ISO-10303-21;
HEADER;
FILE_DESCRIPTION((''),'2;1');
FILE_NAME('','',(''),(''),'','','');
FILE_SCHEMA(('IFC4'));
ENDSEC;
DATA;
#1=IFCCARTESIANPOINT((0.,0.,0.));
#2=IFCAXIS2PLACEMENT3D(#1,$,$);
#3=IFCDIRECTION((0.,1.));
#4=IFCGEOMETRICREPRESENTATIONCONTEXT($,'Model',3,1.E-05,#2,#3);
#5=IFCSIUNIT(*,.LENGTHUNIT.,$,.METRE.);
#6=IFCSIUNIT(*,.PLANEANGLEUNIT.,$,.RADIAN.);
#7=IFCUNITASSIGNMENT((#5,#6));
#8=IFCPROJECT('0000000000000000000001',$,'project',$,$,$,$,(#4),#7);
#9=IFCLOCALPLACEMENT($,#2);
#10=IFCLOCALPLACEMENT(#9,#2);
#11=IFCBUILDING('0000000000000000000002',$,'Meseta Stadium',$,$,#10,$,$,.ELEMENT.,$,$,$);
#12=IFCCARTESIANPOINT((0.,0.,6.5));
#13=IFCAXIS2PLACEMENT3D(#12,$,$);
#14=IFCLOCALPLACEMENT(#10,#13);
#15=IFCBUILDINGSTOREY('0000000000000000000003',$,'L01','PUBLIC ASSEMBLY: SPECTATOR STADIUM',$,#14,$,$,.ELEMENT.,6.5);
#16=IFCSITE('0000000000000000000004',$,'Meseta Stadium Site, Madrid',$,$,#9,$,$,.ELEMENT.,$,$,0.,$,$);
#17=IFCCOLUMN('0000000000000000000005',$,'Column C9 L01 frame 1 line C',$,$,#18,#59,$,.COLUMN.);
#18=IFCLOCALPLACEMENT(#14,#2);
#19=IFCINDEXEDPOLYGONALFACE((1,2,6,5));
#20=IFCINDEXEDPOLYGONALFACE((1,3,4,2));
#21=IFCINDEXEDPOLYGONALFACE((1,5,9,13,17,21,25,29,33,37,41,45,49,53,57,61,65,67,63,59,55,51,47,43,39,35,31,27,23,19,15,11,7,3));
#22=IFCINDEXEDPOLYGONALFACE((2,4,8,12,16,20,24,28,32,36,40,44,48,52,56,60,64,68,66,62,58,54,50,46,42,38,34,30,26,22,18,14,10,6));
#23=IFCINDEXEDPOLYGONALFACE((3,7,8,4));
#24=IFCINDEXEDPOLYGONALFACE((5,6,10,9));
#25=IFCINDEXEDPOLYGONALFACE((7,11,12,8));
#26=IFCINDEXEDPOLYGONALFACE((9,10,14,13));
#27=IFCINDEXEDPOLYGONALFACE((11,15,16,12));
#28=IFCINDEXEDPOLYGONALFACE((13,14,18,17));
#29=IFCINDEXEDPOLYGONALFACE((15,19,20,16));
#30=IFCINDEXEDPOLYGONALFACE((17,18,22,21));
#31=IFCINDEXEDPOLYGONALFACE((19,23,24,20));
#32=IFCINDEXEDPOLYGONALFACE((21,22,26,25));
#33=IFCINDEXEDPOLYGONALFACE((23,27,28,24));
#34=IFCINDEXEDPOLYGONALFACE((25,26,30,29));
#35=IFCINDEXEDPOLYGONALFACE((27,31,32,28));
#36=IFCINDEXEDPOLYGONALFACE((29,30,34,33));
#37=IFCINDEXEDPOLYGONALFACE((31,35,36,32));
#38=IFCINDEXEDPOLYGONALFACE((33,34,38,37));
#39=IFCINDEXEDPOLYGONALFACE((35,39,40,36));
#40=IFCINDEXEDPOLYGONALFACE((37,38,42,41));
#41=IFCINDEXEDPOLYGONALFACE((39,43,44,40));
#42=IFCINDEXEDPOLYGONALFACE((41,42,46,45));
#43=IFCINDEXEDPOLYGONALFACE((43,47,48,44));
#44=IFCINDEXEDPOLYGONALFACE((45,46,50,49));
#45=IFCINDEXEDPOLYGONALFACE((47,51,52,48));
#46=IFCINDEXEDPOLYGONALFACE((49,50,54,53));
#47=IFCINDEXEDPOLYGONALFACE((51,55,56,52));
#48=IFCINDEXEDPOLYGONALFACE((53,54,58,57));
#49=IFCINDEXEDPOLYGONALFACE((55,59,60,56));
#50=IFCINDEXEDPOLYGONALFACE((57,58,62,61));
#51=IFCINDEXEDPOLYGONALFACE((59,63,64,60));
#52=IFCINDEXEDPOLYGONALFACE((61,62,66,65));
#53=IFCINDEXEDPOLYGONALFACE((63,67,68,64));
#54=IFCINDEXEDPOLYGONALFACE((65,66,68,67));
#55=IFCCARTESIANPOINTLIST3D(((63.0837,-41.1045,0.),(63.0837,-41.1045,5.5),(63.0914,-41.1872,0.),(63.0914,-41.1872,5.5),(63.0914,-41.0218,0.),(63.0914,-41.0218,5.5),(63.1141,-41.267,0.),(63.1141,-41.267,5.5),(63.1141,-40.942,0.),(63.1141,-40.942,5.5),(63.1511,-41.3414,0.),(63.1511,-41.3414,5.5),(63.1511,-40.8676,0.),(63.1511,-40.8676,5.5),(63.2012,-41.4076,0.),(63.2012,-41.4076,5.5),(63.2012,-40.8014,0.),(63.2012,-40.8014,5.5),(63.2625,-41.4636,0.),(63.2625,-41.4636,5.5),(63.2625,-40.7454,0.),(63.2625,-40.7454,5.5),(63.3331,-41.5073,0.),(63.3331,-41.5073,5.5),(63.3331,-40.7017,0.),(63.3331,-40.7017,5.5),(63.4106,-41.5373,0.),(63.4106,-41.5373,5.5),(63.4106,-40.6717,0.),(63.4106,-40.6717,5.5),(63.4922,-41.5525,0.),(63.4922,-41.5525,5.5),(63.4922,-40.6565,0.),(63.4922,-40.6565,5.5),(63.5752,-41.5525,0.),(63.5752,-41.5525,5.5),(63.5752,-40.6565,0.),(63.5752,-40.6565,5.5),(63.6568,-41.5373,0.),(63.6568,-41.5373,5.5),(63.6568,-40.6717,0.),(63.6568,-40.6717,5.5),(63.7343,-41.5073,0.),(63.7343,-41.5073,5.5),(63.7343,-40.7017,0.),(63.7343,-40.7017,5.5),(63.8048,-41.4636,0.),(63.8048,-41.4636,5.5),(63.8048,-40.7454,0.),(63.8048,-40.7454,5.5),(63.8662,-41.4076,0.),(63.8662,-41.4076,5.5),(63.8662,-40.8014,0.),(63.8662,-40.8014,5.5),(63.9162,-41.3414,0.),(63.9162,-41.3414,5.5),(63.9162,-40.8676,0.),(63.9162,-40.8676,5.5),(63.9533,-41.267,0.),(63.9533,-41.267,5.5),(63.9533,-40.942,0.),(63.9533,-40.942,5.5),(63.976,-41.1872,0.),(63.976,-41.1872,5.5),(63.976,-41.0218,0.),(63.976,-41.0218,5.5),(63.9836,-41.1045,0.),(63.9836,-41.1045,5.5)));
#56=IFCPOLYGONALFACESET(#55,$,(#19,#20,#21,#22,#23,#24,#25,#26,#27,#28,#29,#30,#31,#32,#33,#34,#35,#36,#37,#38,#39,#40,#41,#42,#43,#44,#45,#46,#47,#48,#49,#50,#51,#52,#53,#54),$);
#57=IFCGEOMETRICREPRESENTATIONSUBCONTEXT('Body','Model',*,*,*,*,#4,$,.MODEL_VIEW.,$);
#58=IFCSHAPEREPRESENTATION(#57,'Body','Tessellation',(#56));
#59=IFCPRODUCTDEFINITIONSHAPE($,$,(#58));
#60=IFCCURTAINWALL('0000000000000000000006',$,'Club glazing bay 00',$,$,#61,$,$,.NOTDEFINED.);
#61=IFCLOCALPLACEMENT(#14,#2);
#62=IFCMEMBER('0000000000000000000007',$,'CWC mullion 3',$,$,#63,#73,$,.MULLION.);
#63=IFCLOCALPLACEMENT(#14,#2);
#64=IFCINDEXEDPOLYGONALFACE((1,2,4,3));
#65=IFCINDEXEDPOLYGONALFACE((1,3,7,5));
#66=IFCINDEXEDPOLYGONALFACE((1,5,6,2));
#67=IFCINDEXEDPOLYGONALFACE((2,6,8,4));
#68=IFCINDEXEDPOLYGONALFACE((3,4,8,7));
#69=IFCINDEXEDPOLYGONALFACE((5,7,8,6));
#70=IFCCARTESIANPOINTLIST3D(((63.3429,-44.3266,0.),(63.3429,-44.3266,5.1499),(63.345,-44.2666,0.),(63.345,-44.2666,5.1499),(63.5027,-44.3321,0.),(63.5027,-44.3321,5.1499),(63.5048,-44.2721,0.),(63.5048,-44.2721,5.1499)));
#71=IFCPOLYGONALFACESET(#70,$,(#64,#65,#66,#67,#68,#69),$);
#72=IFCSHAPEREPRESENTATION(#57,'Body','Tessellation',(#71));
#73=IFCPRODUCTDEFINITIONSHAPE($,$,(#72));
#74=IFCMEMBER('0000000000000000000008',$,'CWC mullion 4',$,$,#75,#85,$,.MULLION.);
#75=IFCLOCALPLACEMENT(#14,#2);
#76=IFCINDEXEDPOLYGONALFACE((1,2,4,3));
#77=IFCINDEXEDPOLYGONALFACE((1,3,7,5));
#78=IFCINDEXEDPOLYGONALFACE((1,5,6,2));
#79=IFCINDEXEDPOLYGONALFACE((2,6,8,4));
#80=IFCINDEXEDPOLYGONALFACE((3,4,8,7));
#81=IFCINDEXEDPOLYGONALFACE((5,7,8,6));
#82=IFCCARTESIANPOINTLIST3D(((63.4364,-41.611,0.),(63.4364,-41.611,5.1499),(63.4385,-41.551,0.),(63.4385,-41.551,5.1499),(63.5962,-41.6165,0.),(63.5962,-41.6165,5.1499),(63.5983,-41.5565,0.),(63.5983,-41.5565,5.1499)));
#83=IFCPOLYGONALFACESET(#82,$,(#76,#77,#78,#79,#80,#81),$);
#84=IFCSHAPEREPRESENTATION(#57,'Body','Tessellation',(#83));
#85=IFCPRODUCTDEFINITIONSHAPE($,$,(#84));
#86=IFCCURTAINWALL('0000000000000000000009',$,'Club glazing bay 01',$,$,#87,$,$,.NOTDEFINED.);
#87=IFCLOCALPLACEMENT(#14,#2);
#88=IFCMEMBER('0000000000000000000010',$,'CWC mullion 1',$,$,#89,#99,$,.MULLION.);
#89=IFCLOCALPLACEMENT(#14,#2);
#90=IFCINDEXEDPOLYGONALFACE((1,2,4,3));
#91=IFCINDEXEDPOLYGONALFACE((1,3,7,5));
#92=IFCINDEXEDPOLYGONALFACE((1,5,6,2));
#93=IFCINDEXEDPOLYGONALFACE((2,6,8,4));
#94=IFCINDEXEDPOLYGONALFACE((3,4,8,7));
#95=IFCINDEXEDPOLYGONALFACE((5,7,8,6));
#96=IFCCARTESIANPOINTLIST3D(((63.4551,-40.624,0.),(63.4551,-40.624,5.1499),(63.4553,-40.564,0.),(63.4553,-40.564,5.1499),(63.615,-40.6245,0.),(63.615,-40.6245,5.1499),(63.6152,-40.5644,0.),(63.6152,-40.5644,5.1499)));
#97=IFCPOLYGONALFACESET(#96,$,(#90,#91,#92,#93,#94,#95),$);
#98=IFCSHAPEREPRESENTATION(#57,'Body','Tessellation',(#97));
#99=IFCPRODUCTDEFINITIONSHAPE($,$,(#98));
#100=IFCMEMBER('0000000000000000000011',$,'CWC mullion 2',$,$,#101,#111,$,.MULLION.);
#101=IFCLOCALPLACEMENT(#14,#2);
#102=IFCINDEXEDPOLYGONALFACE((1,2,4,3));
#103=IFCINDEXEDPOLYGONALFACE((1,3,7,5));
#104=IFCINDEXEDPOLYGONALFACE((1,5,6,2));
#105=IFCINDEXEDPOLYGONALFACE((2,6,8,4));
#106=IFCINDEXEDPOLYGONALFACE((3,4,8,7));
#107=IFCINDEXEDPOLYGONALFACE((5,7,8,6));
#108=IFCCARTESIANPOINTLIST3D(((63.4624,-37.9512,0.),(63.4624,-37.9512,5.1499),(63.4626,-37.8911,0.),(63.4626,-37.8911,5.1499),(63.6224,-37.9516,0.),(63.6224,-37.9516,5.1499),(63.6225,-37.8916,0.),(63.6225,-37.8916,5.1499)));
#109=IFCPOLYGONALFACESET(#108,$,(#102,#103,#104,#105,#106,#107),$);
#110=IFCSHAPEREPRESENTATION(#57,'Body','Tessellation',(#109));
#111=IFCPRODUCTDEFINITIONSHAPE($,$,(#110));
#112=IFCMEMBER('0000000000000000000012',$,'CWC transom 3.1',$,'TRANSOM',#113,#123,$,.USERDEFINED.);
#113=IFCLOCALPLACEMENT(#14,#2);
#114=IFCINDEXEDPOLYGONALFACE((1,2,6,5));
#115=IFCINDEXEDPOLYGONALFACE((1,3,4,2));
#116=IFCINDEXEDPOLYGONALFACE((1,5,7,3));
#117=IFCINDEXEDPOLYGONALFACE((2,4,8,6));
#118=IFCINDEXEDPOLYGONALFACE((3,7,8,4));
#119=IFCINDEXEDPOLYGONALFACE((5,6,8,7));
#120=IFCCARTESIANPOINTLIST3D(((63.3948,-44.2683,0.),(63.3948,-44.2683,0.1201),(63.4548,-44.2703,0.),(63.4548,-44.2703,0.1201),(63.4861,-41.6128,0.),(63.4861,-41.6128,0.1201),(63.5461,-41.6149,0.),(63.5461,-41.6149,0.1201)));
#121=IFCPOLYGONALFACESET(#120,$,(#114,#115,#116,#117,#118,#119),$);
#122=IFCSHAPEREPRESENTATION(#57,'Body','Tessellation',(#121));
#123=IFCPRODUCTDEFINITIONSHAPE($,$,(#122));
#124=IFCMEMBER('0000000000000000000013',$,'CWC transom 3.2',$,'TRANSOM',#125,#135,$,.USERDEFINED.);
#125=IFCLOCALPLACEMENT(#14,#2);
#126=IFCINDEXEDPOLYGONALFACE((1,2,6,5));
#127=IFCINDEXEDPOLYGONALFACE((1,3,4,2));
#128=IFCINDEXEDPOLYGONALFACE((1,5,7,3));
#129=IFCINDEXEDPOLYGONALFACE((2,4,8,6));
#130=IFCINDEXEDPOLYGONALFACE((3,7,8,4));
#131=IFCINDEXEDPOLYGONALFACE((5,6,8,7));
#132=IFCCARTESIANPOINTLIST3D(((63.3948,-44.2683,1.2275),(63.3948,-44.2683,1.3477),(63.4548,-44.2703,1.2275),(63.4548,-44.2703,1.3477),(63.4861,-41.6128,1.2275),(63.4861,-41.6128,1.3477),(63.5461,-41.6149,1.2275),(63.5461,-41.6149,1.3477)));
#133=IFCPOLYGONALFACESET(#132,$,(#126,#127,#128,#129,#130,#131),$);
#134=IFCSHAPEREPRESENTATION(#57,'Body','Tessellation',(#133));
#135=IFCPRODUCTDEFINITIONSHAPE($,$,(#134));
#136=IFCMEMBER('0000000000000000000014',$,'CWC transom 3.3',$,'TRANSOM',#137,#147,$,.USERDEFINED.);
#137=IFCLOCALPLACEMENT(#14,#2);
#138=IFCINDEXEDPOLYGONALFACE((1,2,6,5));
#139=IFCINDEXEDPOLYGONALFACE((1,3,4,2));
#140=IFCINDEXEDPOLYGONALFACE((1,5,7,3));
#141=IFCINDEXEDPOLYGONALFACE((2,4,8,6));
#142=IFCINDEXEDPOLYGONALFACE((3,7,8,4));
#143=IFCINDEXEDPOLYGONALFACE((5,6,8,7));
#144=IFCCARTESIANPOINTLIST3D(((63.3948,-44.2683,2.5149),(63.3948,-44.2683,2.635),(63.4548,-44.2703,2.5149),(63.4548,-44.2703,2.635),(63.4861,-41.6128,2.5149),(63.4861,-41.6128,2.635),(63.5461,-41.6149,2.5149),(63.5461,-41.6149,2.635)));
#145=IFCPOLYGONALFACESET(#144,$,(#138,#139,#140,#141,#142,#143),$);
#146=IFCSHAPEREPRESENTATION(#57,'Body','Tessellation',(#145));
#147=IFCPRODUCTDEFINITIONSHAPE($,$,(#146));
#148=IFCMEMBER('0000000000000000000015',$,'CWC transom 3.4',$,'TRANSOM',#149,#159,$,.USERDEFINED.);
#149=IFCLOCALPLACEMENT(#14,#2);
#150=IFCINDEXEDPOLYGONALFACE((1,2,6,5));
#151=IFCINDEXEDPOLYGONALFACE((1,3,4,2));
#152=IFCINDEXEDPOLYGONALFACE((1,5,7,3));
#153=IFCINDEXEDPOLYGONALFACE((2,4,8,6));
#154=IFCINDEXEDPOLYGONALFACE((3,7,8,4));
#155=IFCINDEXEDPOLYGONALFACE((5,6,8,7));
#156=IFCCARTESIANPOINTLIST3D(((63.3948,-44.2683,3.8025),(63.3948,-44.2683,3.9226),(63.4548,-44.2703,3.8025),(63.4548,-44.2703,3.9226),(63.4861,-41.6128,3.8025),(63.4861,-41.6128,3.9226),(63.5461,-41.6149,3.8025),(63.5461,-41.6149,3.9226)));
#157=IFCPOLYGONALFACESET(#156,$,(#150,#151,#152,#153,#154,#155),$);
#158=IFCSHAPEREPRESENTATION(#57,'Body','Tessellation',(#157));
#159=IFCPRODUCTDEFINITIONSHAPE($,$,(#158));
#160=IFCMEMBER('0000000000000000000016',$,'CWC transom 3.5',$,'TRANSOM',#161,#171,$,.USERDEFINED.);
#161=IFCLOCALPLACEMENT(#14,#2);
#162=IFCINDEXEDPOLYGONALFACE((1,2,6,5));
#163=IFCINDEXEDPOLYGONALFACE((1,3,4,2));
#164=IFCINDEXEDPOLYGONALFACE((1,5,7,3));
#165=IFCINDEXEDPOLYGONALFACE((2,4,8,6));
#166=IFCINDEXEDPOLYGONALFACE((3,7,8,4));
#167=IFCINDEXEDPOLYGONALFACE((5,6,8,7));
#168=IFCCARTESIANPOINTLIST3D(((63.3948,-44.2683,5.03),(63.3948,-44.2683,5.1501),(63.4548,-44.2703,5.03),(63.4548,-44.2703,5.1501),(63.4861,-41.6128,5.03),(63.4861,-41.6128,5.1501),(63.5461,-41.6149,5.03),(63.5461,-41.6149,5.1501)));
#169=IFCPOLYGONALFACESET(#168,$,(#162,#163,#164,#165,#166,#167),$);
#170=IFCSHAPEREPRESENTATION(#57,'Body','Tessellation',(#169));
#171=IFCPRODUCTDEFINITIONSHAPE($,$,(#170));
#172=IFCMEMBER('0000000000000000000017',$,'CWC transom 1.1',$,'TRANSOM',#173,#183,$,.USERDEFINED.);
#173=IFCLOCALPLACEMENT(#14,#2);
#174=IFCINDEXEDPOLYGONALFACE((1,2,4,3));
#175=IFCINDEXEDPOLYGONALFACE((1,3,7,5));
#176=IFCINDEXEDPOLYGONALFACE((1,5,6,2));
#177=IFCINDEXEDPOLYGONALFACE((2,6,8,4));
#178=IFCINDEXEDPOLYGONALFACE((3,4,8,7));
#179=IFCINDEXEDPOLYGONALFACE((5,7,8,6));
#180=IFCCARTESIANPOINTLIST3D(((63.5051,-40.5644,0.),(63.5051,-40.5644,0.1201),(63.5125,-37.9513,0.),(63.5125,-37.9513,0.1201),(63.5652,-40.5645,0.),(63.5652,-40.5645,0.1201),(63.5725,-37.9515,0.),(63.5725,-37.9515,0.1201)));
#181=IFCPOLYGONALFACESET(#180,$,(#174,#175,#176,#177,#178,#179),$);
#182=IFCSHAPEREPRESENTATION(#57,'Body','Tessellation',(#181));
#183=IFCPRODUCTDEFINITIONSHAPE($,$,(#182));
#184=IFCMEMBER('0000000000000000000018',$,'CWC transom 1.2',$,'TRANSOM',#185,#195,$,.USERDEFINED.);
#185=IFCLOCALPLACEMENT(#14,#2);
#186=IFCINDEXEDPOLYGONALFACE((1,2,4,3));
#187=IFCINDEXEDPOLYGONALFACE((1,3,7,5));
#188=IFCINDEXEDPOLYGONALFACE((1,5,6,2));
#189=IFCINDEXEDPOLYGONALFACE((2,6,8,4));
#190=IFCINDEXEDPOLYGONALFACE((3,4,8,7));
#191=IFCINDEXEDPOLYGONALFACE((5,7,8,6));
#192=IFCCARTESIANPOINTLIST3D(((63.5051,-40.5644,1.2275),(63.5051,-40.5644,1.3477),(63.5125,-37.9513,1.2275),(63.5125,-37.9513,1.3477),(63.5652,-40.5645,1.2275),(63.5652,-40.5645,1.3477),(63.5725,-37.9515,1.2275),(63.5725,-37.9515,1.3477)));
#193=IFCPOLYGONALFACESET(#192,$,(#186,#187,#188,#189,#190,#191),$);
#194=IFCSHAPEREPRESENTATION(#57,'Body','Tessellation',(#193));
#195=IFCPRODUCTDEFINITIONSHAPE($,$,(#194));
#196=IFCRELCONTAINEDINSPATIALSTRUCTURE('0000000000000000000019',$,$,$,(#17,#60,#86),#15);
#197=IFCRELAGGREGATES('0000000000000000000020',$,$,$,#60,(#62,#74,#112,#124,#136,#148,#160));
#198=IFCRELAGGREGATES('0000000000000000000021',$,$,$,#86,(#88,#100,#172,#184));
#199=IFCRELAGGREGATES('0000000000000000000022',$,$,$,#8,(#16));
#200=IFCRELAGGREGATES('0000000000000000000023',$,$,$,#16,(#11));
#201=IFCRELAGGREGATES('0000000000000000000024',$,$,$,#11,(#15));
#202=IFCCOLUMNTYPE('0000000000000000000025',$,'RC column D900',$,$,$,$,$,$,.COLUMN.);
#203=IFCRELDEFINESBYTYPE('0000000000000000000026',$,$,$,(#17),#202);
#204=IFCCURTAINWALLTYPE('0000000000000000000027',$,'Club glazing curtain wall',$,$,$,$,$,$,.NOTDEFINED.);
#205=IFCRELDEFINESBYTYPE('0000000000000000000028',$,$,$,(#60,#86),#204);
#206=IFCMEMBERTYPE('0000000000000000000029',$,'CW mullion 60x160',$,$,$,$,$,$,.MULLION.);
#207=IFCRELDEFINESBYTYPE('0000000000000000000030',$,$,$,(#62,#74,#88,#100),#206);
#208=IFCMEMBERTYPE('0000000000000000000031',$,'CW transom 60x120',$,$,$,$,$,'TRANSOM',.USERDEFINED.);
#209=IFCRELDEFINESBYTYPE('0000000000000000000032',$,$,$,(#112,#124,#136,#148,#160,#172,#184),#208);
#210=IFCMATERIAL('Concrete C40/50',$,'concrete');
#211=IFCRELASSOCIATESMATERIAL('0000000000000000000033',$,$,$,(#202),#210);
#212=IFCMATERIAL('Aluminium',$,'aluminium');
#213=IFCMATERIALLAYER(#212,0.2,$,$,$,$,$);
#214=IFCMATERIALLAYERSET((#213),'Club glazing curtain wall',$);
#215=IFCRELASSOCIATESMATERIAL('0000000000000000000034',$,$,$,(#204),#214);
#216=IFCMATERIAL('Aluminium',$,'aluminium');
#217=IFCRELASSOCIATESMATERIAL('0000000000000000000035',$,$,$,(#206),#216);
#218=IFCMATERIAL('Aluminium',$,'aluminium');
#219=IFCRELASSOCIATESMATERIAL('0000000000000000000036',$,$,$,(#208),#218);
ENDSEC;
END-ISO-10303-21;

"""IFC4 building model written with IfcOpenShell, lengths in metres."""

from ifc_helpers import new_model, si_unit, direction, frame, origin, origin_2d, place, context, subcontext, project, spatial, rectangle, circle, extrude, material, layer, layer_set, material_profile, profile_set, type_object, element, aggregate, save


model = new_model("IFC4")

# Units and contexts
model_context = context("Model", 3, precision=1e-05, world=origin(), true_north=direction((0.0, 1.0)))
body_context = subcontext(model_context, "Body", "Model", "MODEL_VIEW")
ifc_project = project(units=[si_unit("LENGTHUNIT", "METRE"), si_unit("PLANEANGLEUNIT", "RADIAN")], contexts=[model_context])

# Site, building, storey
site_placement = place(None, origin())
site = spatial("IfcSite", under=ifc_project, at=site_placement, Name="Meseta Stadium Site, Madrid", CompositionType="ELEMENT", RefElevation=0.0)
building_placement = place(site_placement, origin())
building = spatial("IfcBuilding", under=site, at=building_placement, Name="Meseta Stadium", CompositionType="ELEMENT")
storey_placement = place(building_placement, frame((0.0, 0.0, 6.5)))
storey = spatial("IfcBuildingStorey", under=building, at=storey_placement, Name="L01", Description="PUBLIC ASSEMBLY: SPECTATOR STADIUM", CompositionType="ELEMENT", Elevation=6.5)

# Column
ifc_material_1 = material(Name="Concrete C40/50", Category="concrete")
ifc_material_profile_1 = material_profile(ifc_material_1, circle(Radius=0.45, at=origin_2d()), Name="RC D900")
ifc_profile_set_1 = profile_set([ifc_material_profile_1], Name="Concrete C40/50")
column_type = type_object("IfcColumnType", Name="RC column D900", PredefinedType="COLUMN", material=ifc_profile_set_1)
column_placement = place(storey_placement, frame((63.5337, -41.1045, 0.0), z_axis=(0.0, 0.0, 1.0), x_axis=(1.0, 0.0, 0.0)))
element("IfcColumn", 1, at=column_placement, inside=storey, type_object=column_type, Name="Column C9 L01 frame 1 line C", PredefinedType="COLUMN", context=body_context, shape_type="SweptSolid", body=[
    extrude(circle(Radius=0.45, at=origin_2d()), origin(), (0.0, 0.0, 1.0), 5.5),
])

# Curtain walls, members
ifc_material_2 = material(Name="Aluminium", Category="aluminium")
ifc_layer_1 = layer(ifc_material_2, 0.2)
ifc_layer_set_1 = layer_set([ifc_layer_1], Name="Club glazing curtain wall")
curtain_wall_type = type_object("IfcCurtainWallType", Name="Club glazing curtain wall", PredefinedType="NOTDEFINED", material=ifc_layer_set_1)
curtain_wall_1_placement = place(storey_placement, origin())
curtain_wall_1 = element("IfcCurtainWall", 2, at=curtain_wall_1_placement, inside=storey, type_object=curtain_wall_type, Name="Club glazing bay 00", PredefinedType="NOTDEFINED")
ifc_material_3 = material(Name="Aluminium", Category="aluminium")
ifc_material_profile_2 = material_profile(ifc_material_3, rectangle(XDim=0.1599, YDim=0.0601, at=origin_2d()), Name="CW 160x60")
ifc_profile_set_2 = profile_set([ifc_material_profile_2], Name="Aluminium")
member_type_1 = type_object("IfcMemberType", Name="CW mullion 60x160", PredefinedType="MULLION", material=ifc_profile_set_2)
member_1_placement = place(storey_placement, frame((63.4238, -44.2993, 0.0), z_axis=(0.0, 0.0, 1.0), x_axis=(-0.999408, 0.034398, 0.0)))
member_1 = element("IfcMember", 3, at=member_1_placement, type_object=member_type_1, Name="CWC mullion 3", PredefinedType="MULLION", context=body_context, shape_type="SweptSolid", body=[
    extrude(rectangle(XDim=0.1599, YDim=0.0601, at=origin_2d()), origin(), (0.0, 0.0, 1.0), 5.1499),
])
member_2_placement = place(storey_placement, frame((63.5173, -41.5837, 0.0), z_axis=(0.0, 0.0, 1.0), x_axis=(-0.999408, 0.034398, 0.0)))
member_2 = element("IfcMember", 4, at=member_2_placement, type_object=member_type_1, Name="CWC mullion 4", PredefinedType="MULLION", context=body_context, shape_type="SweptSolid", body=[
    extrude(rectangle(XDim=0.1599, YDim=0.0601, at=origin_2d()), origin(), (0.0, 0.0, 1.0), 5.1499),
])
curtain_wall_2_placement = place(storey_placement, origin())
curtain_wall_2 = element("IfcCurtainWall", 5, at=curtain_wall_2_placement, inside=storey, type_object=curtain_wall_type, Name="Club glazing bay 01", PredefinedType="NOTDEFINED")
member_3_placement = place(storey_placement, frame((63.5352, -40.5942, 0.0), z_axis=(0.0, 0.0, 1.0), x_axis=(-0.999996, 0.002758, 0.0)))
member_3 = element("IfcMember", 6, at=member_3_placement, type_object=member_type_1, Name="CWC mullion 1", PredefinedType="MULLION", context=body_context, shape_type="SweptSolid", body=[
    extrude(rectangle(XDim=0.1599, YDim=0.0601, at=origin_2d()), origin(), (0.0, 0.0, 1.0), 5.1499),
])
member_4_placement = place(storey_placement, frame((63.5425, -37.9214, 0.0), z_axis=(0.0, 0.0, 1.0), x_axis=(-0.999996, 0.002758, 0.0)))
member_4 = element("IfcMember", 7, at=member_4_placement, type_object=member_type_1, Name="CWC mullion 2", PredefinedType="MULLION", context=body_context, shape_type="SweptSolid", body=[
    extrude(rectangle(XDim=0.1599, YDim=0.0601, at=origin_2d()), origin(), (0.0, 0.0, 1.0), 5.1499),
])

# Members
ifc_material_4 = material(Name="Aluminium", Category="aluminium")
ifc_material_profile_3 = material_profile(ifc_material_4, rectangle(XDim=0.0601, YDim=0.1201, at=origin_2d()), Name="CW 60x120")
ifc_profile_set_3 = profile_set([ifc_material_profile_3], Name="Aluminium")
member_type_2 = type_object("IfcMemberType", Name="CW transom 60x120", ElementType="TRANSOM", PredefinedType="USERDEFINED", material=ifc_profile_set_3)
member_5_placement = place(storey_placement, frame((63.4248, -44.2693, 0.0601), z_axis=(0.034364, 0.999409, 0.0), x_axis=(-0.999409, 0.034364, 0.0)))
member_5 = element("IfcMember", 8, at=member_5_placement, type_object=member_type_2, Name="CWC transom 3.1", ObjectType="TRANSOM", PredefinedType="USERDEFINED", context=body_context, shape_type="SweptSolid", body=[
    extrude(rectangle(XDim=0.0601, YDim=0.1201, at=origin_2d()), origin(), (0.0, 0.0, 1.0), 2.657),
])
member_6_placement = place(storey_placement, frame((63.4248, -44.2693, 1.2876), z_axis=(0.034364, 0.999409, 0.0), x_axis=(-0.999409, 0.034364, 0.0)))
member_6 = element("IfcMember", 9, at=member_6_placement, type_object=member_type_2, Name="CWC transom 3.2", ObjectType="TRANSOM", PredefinedType="USERDEFINED", context=body_context, shape_type="SweptSolid", body=[
    extrude(rectangle(XDim=0.0601, YDim=0.1201, at=origin_2d()), origin(), (0.0, 0.0, 1.0), 2.657),
])
member_7_placement = place(storey_placement, frame((63.4248, -44.2693, 2.575), z_axis=(0.034364, 0.999409, 0.0), x_axis=(-0.999409, 0.034364, 0.0)))
member_7 = element("IfcMember", 10, at=member_7_placement, type_object=member_type_2, Name="CWC transom 3.3", ObjectType="TRANSOM", PredefinedType="USERDEFINED", context=body_context, shape_type="SweptSolid", body=[
    extrude(rectangle(XDim=0.0601, YDim=0.1201, at=origin_2d()), origin(), (0.0, 0.0, 1.0), 2.657),
])
member_8_placement = place(storey_placement, frame((63.4248, -44.2693, 3.8625), z_axis=(0.034364, 0.999409, 0.0), x_axis=(-0.999409, 0.034364, 0.0)))
member_8 = element("IfcMember", 11, at=member_8_placement, type_object=member_type_2, Name="CWC transom 3.4", ObjectType="TRANSOM", PredefinedType="USERDEFINED", context=body_context, shape_type="SweptSolid", body=[
    extrude(rectangle(XDim=0.0601, YDim=0.1201, at=origin_2d()), origin(), (0.0, 0.0, 1.0), 2.657),
])
member_9_placement = place(storey_placement, frame((63.4248, -44.2693, 5.0901), z_axis=(0.034364, 0.999409, 0.0), x_axis=(-0.999409, 0.034364, 0.0)))
member_9 = element("IfcMember", 12, at=member_9_placement, type_object=member_type_2, Name="CWC transom 3.5", ObjectType="TRANSOM", PredefinedType="USERDEFINED", context=body_context, shape_type="SweptSolid", body=[
    extrude(rectangle(XDim=0.0601, YDim=0.1201, at=origin_2d()), origin(), (0.0, 0.0, 1.0), 2.657),
])
member_10_placement = place(storey_placement, frame((63.5352, -40.5645, 0.0601), z_axis=(0.002803, 0.999996, 0.0), x_axis=(-0.999996, 0.002803, 0.0)))
member_10 = element("IfcMember", 13, at=member_10_placement, type_object=member_type_2, Name="CWC transom 1.1", ObjectType="TRANSOM", PredefinedType="USERDEFINED", context=body_context, shape_type="SweptSolid", body=[
    extrude(rectangle(XDim=0.0601, YDim=0.1201, at=origin_2d()), origin(), (0.0, 0.0, 1.0), 2.613),
])
member_11_placement = place(storey_placement, frame((63.5352, -40.5645, 1.2876), z_axis=(0.002803, 0.999996, 0.0), x_axis=(-0.999996, 0.002803, 0.0)))
member_11 = element("IfcMember", 14, at=member_11_placement, type_object=member_type_2, Name="CWC transom 1.2", ObjectType="TRANSOM", PredefinedType="USERDEFINED", context=body_context, shape_type="SweptSolid", body=[
    extrude(rectangle(XDim=0.0601, YDim=0.1201, at=origin_2d()), origin(), (0.0, 0.0, 1.0), 2.613),
])

aggregate(curtain_wall_1, [member_1, member_2, member_5, member_6, member_7, member_8, member_9])
aggregate(curtain_wall_2, [member_3, member_4, member_10, member_11])

save(model, "model.ifc")
